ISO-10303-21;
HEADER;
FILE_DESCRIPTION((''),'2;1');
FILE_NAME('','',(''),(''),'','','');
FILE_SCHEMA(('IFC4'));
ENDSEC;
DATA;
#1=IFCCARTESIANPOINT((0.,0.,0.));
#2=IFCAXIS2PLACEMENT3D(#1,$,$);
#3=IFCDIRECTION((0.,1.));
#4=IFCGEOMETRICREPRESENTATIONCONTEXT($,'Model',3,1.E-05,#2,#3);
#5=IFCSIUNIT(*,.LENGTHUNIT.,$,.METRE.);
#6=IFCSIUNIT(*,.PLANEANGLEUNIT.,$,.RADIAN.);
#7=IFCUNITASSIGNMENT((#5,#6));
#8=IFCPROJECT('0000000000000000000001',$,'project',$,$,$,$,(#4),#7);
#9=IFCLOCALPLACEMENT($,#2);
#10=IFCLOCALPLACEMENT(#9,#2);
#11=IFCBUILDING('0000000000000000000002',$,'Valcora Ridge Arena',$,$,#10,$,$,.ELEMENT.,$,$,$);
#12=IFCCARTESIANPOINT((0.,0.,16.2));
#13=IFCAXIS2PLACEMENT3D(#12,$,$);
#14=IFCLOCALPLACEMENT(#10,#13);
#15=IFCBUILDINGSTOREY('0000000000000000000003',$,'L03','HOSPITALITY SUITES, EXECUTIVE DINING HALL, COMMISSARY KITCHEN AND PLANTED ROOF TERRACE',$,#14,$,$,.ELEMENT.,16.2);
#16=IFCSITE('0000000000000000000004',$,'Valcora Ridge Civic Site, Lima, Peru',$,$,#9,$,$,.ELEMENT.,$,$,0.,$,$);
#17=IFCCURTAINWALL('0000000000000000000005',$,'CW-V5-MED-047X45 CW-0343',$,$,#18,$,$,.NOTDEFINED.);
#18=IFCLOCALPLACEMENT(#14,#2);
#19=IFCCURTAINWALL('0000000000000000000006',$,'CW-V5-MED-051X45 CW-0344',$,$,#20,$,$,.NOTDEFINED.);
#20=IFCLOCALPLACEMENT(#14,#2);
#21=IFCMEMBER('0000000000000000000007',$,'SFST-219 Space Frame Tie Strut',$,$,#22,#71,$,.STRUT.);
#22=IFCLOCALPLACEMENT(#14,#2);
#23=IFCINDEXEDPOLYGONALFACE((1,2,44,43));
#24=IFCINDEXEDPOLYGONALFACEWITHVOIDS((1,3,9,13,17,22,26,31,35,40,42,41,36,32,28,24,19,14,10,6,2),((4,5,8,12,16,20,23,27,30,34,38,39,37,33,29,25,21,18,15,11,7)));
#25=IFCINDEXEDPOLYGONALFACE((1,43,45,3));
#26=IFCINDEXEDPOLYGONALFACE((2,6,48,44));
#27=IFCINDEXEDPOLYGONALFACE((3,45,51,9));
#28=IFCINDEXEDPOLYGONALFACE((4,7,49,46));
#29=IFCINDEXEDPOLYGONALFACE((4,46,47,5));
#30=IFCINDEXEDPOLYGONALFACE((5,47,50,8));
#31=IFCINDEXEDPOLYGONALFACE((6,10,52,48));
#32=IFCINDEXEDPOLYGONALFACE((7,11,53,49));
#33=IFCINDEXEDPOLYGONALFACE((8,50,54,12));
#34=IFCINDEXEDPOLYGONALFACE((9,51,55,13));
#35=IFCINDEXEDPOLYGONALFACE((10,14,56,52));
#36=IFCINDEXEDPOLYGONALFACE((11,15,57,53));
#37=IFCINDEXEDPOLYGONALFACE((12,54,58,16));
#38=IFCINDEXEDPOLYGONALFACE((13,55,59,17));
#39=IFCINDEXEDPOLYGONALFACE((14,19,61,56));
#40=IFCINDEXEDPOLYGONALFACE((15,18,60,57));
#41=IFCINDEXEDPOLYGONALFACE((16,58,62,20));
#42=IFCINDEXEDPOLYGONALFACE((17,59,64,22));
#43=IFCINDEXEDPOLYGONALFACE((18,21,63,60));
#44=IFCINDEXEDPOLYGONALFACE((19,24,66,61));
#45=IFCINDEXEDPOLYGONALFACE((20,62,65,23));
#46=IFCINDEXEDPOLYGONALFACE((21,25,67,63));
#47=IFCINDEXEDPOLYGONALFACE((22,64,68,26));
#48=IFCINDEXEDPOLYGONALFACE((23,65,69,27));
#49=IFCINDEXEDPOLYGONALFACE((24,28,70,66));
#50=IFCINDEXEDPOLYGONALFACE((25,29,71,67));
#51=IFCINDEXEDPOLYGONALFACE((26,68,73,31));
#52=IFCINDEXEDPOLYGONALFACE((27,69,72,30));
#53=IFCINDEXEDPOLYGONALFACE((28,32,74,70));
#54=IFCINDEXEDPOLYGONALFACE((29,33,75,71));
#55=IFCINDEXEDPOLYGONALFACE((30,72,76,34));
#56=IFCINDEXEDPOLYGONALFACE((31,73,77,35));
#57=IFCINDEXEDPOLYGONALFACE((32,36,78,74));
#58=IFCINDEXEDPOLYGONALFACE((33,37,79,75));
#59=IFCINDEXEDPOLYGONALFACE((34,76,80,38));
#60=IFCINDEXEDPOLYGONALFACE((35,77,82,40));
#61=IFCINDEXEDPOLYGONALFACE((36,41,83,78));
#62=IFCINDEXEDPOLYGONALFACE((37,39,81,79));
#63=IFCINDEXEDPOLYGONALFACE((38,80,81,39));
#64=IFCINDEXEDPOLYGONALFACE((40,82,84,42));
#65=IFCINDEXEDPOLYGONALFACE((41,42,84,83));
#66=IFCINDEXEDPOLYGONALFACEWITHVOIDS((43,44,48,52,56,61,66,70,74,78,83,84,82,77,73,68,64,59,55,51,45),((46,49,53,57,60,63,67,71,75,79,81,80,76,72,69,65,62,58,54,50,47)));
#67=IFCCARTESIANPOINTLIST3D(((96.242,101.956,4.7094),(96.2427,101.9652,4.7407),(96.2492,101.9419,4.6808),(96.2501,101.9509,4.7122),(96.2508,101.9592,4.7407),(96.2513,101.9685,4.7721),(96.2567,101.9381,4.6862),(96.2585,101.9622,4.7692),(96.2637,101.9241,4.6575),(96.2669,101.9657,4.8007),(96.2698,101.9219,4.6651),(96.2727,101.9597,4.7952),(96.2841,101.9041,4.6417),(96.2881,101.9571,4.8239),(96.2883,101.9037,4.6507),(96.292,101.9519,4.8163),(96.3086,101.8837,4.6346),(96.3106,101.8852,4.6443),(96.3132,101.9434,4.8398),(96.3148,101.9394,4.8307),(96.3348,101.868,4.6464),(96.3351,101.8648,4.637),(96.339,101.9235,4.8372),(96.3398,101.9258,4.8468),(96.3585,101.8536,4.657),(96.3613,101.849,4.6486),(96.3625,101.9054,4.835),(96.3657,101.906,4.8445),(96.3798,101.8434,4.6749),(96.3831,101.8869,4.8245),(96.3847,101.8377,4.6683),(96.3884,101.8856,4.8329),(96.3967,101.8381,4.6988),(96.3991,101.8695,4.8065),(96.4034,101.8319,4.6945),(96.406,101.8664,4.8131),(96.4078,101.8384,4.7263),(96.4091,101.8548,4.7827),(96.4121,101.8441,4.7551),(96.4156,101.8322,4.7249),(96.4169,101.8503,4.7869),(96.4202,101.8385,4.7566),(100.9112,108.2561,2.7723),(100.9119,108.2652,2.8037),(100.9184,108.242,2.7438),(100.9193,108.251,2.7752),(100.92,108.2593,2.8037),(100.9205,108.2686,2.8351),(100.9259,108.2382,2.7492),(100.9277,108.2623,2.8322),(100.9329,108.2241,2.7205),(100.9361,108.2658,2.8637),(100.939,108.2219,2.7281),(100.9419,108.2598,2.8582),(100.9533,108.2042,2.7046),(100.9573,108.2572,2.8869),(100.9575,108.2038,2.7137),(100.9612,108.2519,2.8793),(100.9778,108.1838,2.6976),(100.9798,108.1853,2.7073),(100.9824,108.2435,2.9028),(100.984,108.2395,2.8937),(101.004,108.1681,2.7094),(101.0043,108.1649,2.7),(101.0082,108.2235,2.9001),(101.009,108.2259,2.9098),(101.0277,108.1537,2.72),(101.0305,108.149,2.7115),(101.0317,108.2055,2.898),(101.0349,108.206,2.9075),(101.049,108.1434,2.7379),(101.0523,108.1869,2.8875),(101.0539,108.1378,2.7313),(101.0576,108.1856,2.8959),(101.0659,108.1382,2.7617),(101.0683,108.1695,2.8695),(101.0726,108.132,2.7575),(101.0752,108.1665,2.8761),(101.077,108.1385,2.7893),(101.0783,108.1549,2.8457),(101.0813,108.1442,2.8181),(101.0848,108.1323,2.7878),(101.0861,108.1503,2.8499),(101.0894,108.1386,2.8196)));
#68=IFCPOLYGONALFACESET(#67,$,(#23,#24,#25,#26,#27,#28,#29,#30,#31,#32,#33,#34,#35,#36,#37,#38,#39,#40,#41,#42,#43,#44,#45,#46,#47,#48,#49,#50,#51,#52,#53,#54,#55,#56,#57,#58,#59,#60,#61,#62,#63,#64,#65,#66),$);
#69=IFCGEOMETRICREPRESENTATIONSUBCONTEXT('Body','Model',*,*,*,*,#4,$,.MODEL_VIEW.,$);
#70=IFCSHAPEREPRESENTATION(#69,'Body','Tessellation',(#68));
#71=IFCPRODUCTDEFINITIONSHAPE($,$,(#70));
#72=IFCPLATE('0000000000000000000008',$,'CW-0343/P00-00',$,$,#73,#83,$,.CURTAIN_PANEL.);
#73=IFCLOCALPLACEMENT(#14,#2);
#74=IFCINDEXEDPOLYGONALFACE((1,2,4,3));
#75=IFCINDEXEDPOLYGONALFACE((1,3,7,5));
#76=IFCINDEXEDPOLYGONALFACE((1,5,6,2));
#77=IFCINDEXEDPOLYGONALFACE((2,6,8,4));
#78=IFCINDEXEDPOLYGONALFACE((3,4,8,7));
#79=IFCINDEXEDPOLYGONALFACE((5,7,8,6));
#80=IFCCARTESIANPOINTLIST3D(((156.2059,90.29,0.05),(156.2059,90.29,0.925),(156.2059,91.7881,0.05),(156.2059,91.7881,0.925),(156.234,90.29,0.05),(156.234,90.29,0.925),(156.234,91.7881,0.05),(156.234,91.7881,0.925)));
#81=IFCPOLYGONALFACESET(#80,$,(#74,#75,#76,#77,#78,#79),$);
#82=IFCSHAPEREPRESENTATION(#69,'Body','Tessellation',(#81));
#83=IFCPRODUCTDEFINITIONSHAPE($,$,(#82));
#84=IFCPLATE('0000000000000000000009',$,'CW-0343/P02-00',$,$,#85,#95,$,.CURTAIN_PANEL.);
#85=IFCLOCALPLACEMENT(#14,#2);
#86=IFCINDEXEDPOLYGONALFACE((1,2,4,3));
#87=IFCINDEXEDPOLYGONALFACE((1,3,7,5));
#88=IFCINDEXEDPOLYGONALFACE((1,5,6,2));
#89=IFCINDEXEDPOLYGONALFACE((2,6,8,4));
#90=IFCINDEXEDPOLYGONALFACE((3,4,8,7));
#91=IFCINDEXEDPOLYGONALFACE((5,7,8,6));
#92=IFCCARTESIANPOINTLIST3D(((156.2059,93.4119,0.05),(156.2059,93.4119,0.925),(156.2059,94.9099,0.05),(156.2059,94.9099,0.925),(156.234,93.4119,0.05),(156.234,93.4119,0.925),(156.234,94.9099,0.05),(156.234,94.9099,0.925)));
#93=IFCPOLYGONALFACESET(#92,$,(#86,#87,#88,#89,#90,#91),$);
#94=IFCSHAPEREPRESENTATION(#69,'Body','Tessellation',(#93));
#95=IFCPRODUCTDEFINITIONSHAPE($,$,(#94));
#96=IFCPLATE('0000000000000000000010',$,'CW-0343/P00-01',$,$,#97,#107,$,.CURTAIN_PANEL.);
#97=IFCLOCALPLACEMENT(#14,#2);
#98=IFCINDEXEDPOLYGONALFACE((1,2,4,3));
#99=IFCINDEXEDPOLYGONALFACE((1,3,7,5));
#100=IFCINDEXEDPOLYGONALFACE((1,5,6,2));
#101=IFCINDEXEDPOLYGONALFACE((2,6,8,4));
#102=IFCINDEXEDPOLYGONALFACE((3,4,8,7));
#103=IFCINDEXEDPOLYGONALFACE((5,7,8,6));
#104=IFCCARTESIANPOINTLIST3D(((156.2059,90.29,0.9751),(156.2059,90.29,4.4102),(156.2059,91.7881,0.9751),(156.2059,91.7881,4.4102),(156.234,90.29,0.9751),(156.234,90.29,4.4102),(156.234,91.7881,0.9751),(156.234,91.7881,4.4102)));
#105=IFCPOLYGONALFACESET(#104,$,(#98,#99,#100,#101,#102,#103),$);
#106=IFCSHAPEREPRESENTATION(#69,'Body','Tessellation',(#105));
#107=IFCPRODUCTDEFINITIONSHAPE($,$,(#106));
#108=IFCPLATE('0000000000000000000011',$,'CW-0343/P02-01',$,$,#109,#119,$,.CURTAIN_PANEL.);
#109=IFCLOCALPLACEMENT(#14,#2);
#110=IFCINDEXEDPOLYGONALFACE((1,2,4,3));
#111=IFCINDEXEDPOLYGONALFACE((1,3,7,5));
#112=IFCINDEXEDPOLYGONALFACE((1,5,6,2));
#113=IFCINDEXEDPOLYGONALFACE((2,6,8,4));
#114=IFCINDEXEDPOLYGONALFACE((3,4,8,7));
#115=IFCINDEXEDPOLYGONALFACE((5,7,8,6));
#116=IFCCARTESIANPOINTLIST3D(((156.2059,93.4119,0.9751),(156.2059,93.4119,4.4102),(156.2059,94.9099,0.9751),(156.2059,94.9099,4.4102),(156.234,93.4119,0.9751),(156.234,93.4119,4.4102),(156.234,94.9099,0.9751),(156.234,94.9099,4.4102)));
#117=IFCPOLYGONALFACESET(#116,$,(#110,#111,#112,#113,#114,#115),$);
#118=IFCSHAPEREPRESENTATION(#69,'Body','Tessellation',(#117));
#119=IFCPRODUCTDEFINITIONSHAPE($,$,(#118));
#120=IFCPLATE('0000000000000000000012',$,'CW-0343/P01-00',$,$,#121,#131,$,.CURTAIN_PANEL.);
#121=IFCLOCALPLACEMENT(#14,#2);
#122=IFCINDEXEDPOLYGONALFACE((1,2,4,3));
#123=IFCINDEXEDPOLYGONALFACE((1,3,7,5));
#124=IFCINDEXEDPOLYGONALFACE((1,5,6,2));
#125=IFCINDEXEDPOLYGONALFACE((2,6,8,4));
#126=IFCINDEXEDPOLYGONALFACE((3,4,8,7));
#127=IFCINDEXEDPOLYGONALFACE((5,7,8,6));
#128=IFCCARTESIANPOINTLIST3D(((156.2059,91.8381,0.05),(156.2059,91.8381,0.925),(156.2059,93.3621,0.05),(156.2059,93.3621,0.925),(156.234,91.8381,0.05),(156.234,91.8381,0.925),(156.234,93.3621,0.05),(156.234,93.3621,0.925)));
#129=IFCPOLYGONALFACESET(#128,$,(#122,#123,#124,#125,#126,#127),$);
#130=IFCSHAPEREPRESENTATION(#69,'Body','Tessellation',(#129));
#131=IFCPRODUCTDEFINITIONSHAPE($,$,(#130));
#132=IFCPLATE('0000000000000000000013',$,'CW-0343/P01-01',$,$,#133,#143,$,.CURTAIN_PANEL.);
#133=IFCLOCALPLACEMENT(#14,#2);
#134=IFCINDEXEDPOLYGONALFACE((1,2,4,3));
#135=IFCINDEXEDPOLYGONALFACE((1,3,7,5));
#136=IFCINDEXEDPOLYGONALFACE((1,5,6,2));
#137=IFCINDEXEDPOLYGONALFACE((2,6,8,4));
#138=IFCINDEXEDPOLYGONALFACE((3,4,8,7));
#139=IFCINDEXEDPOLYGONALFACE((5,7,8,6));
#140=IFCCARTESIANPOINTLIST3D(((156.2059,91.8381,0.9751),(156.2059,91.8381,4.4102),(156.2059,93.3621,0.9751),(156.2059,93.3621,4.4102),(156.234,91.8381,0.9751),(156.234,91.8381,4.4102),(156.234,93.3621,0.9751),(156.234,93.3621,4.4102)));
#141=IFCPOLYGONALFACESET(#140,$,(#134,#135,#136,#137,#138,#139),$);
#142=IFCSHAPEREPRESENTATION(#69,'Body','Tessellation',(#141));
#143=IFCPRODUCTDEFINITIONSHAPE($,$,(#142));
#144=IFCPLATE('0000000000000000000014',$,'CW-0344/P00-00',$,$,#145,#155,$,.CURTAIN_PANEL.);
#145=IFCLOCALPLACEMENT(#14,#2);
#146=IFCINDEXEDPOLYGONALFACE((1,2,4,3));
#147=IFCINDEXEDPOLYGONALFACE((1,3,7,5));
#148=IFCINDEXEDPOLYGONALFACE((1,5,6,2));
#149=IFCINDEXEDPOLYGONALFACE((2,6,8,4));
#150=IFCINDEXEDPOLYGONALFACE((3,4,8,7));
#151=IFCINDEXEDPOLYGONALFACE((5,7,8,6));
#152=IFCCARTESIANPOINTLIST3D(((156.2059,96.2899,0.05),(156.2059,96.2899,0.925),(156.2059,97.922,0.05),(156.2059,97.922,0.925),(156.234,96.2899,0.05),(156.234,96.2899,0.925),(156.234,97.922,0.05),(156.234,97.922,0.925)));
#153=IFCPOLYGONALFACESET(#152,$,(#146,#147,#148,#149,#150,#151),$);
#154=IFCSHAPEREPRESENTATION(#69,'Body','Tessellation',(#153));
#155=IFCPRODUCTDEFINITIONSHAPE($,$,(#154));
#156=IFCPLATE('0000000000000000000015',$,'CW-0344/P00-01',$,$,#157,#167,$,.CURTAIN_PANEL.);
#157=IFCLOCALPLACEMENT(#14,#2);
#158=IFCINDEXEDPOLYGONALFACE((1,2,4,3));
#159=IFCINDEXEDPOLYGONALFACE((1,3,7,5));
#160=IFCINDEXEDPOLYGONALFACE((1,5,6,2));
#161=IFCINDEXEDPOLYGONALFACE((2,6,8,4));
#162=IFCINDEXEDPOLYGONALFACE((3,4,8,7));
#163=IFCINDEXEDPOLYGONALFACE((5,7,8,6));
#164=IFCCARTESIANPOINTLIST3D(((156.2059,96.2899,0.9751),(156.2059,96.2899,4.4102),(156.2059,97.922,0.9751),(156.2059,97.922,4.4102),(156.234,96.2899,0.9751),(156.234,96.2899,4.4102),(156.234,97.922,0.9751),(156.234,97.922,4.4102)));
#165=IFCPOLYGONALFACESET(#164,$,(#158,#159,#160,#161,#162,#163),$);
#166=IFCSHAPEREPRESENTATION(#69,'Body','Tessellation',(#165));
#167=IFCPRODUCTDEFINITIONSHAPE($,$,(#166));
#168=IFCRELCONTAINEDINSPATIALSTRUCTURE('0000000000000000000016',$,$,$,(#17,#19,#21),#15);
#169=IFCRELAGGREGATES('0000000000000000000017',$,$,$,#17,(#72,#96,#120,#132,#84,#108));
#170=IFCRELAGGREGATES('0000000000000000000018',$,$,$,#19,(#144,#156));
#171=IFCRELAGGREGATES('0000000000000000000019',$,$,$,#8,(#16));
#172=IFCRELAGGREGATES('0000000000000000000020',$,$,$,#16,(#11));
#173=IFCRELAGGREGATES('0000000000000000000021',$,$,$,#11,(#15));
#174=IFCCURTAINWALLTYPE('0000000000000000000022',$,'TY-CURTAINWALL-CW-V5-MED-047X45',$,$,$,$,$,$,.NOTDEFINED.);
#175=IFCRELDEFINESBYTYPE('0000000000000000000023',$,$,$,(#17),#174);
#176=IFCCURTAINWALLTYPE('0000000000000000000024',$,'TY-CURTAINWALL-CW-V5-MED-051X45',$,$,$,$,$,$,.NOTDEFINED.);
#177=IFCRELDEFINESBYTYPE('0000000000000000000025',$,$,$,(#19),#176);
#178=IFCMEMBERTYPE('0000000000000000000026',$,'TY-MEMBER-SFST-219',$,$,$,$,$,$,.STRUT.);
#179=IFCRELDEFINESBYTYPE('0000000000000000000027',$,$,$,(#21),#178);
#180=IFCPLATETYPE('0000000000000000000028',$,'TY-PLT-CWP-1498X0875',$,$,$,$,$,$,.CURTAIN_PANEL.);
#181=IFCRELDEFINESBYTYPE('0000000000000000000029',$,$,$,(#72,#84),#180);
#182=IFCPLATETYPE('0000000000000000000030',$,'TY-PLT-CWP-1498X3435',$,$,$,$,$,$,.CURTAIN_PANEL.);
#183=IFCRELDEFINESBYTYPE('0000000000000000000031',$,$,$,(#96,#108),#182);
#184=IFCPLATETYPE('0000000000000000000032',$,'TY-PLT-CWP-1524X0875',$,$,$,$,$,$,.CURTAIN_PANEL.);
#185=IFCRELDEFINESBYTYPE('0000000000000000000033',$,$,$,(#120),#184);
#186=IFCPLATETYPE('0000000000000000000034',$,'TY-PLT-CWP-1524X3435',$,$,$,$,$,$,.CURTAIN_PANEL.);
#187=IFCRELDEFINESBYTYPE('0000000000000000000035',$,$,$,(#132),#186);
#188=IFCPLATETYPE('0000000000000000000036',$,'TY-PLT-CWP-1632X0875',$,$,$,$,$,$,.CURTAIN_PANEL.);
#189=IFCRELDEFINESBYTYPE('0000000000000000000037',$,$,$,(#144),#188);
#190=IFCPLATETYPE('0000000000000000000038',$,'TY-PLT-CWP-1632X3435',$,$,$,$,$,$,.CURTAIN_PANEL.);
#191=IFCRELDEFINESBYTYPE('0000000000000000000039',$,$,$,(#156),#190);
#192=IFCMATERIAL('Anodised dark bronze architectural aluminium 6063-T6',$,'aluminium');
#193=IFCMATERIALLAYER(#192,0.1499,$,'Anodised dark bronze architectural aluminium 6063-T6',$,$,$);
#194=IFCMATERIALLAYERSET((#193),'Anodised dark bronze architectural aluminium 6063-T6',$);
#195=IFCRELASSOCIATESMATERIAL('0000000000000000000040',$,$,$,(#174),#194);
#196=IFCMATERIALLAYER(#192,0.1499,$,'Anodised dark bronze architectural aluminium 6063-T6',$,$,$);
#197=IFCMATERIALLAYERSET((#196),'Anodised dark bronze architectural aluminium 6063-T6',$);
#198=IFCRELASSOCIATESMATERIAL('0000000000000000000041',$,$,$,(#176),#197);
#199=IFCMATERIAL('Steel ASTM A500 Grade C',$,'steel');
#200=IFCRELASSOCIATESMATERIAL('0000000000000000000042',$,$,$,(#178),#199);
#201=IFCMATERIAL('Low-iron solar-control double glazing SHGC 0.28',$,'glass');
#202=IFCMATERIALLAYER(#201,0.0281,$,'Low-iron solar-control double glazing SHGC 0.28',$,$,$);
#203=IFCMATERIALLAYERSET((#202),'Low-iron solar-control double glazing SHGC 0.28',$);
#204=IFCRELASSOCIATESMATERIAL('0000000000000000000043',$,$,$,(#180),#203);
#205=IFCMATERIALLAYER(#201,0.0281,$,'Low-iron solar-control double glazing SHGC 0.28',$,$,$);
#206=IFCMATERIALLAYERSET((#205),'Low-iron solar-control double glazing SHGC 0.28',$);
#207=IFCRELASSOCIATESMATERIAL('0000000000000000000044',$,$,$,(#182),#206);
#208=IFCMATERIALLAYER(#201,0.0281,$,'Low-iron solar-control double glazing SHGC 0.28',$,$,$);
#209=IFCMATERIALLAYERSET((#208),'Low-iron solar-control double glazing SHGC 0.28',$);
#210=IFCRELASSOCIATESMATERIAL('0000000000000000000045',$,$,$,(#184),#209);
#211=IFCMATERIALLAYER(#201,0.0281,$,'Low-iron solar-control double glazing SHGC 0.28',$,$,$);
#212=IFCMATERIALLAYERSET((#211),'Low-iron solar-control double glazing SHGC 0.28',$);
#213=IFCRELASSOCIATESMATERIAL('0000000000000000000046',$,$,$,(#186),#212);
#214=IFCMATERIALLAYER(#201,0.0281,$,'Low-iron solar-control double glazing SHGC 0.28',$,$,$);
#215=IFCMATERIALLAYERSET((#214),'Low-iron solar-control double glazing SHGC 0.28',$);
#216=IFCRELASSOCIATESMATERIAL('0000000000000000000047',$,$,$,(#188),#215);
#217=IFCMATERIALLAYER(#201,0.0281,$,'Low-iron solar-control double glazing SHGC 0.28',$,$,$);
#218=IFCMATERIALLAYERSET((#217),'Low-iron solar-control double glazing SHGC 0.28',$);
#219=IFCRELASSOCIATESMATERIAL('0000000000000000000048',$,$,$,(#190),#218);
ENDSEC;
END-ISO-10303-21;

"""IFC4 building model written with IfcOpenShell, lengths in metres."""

from ifc_helpers import new_model, si_unit, direction, frame, origin, origin_2d, place, context, subcontext, project, spatial, rectangle, hollow_circle, extrude, material, layer, layer_set, material_profile, profile_set, type_object, element, aggregate, save


model = new_model("IFC4")

# Units and contexts
model_context = context("Model", 3, precision=1e-05, world=origin(), true_north=direction((0.0, 1.0)))
body_context = subcontext(model_context, "Body", "Model", "MODEL_VIEW")
ifc_project = project(units=[si_unit("LENGTHUNIT", "METRE"), si_unit("PLANEANGLEUNIT", "RADIAN")], contexts=[model_context])

# Site, building, storey
site_placement = place(None, origin())
site = spatial("IfcSite", under=ifc_project, at=site_placement, Name="Valcora Ridge Civic Site, Lima, Peru", CompositionType="ELEMENT", RefElevation=0.0)
building_placement = place(site_placement, origin())
building = spatial("IfcBuilding", under=site, at=building_placement, Name="Valcora Ridge Arena", CompositionType="ELEMENT")
storey_placement = place(building_placement, frame((0.0, 0.0, 16.2)))
storey = spatial("IfcBuildingStorey", under=building, at=storey_placement, Name="L03", Description="HOSPITALITY SUITES, EXECUTIVE DINING HALL, COMMISSARY KITCHEN AND PLANTED ROOF TERRACE", CompositionType="ELEMENT", Elevation=16.2)

# Curtain walls
ifc_material_1 = material(Name="Anodised dark bronze architectural aluminium 6063-T6", Category="aluminium")
ifc_layer_1 = layer(ifc_material_1, 0.1499, Name="Anodised dark bronze architectural aluminium 6063-T6")
ifc_layer_set_1 = layer_set([ifc_layer_1], Name="Anodised dark bronze architectural aluminium 6063-T6")
curtain_wall_type_1 = type_object("IfcCurtainWallType", Name="TY-CURTAINWALL-CW-V5-MED-047X45", PredefinedType="NOTDEFINED", material=ifc_layer_set_1)
curtain_wall_1_placement = place(storey_placement, origin())
curtain_wall_1 = element("IfcCurtainWall", 1, at=curtain_wall_1_placement, inside=storey, type_object=curtain_wall_type_1, Name="CW-V5-MED-047X45 CW-0343", PredefinedType="NOTDEFINED")
ifc_layer_2 = layer(ifc_material_1, 0.1499, Name="Anodised dark bronze architectural aluminium 6063-T6")
ifc_layer_set_2 = layer_set([ifc_layer_2], Name="Anodised dark bronze architectural aluminium 6063-T6")
curtain_wall_type_2 = type_object("IfcCurtainWallType", Name="TY-CURTAINWALL-CW-V5-MED-051X45", PredefinedType="NOTDEFINED", material=ifc_layer_set_2)
curtain_wall_2_placement = place(storey_placement, origin())
curtain_wall_2 = element("IfcCurtainWall", 2, at=curtain_wall_2_placement, inside=storey, type_object=curtain_wall_type_2, Name="CW-V5-MED-051X45 CW-0344", PredefinedType="NOTDEFINED")

# Member
ifc_material_2 = material(Name="Steel ASTM A500 Grade C", Category="steel")
ifc_material_profile_1 = material_profile(ifc_material_2, hollow_circle(Radius=0.1096, WallThickness=0.01, at=origin_2d()), Name="CHS219X10")
ifc_profile_set_1 = profile_set([ifc_material_profile_1], Name="Steel ASTM A500 Grade C")
member_type_1 = type_object("IfcMemberType", Name="TY-MEMBER-SFST-219", PredefinedType="STRUT", material=ifc_profile_set_1)
member_1_placement = place(storey_placement, frame((96.3308, 101.8999, 4.7407), z_axis=(0.578058, 0.779963, -0.239807), x_axis=(-0.803405, 0.595432, 0.0)))
element("IfcMember", 3, at=member_1_placement, inside=storey, type_object=member_type_1, Name="SFST-219 Space Frame Tie Strut", PredefinedType="STRUT", context=body_context, shape_type="SweptSolid", body=[
    extrude(hollow_circle(Radius=0.1096, WallThickness=0.01, at=origin_2d()), origin(), (0.0, 0.0, 1.0), 8.0774),
])

# Plates
ifc_material_3 = material(Name="Low-iron solar-control double glazing SHGC 0.28", Category="glass")
ifc_layer_3 = layer(ifc_material_3, 0.0281, Name="Low-iron solar-control double glazing SHGC 0.28")
ifc_layer_set_3 = layer_set([ifc_layer_3], Name="Low-iron solar-control double glazing SHGC 0.28")
plate_type_1 = type_object("IfcPlateType", Name="TY-PLT-CWP-1498X0875", PredefinedType="CURTAIN_PANEL", material=ifc_layer_set_3)
plate_1_placement = place(storey_placement, frame((156.22, 91.0391, 0.05), z_axis=(0.0, 0.0, 1.0), x_axis=(0.0, 1.0, 0.0)))
plate_1 = element("IfcPlate", 4, at=plate_1_placement, type_object=plate_type_1, Name="CW-0343/P00-00", PredefinedType="CURTAIN_PANEL", context=body_context, shape_type="SweptSolid", body=[
    extrude(rectangle(XDim=1.498, YDim=0.0281, at=origin_2d()), origin(), (0.0, 0.0, 1.0), 0.875),
])
plate_2_placement = place(storey_placement, frame((156.22, 94.1609, 0.05), z_axis=(0.0, 0.0, 1.0), x_axis=(0.0, 1.0, 0.0)))
plate_2 = element("IfcPlate", 5, at=plate_2_placement, type_object=plate_type_1, Name="CW-0343/P02-00", PredefinedType="CURTAIN_PANEL", context=body_context, shape_type="SweptSolid", body=[
    extrude(rectangle(XDim=1.498, YDim=0.0281, at=origin_2d()), origin(), (0.0, 0.0, 1.0), 0.875),
])
ifc_layer_4 = layer(ifc_material_3, 0.0281, Name="Low-iron solar-control double glazing SHGC 0.28")
ifc_layer_set_4 = layer_set([ifc_layer_4], Name="Low-iron solar-control double glazing SHGC 0.28")
plate_type_2 = type_object("IfcPlateType", Name="TY-PLT-CWP-1498X3435", PredefinedType="CURTAIN_PANEL", material=ifc_layer_set_4)
plate_3_placement = place(storey_placement, frame((156.22, 91.0391, 0.9751), z_axis=(0.0, 0.0, 1.0), x_axis=(0.0, 1.0, 0.0)))
plate_3 = element("IfcPlate", 6, at=plate_3_placement, type_object=plate_type_2, Name="CW-0343/P00-01", PredefinedType="CURTAIN_PANEL", context=body_context, shape_type="SweptSolid", body=[
    extrude(rectangle(XDim=1.498, YDim=0.0281, at=origin_2d()), origin(), (0.0, 0.0, 1.0), 3.4351),
])
plate_4_placement = place(storey_placement, frame((156.22, 94.1609, 0.9751), z_axis=(0.0, 0.0, 1.0), x_axis=(0.0, 1.0, 0.0)))
plate_4 = element("IfcPlate", 7, at=plate_4_placement, type_object=plate_type_2, Name="CW-0343/P02-01", PredefinedType="CURTAIN_PANEL", context=body_context, shape_type="SweptSolid", body=[
    extrude(rectangle(XDim=1.498, YDim=0.0281, at=origin_2d()), origin(), (0.0, 0.0, 1.0), 3.4351),
])
ifc_layer_5 = layer(ifc_material_3, 0.0281, Name="Low-iron solar-control double glazing SHGC 0.28")
ifc_layer_set_5 = layer_set([ifc_layer_5], Name="Low-iron solar-control double glazing SHGC 0.28")
plate_type_3 = type_object("IfcPlateType", Name="TY-PLT-CWP-1524X0875", PredefinedType="CURTAIN_PANEL", material=ifc_layer_set_5)
plate_5_placement = place(storey_placement, frame((156.22, 92.6001, 0.05), z_axis=(0.0, 0.0, 1.0), x_axis=(0.0, 1.0, 0.0)))
plate_5 = element("IfcPlate", 8, at=plate_5_placement, type_object=plate_type_3, Name="CW-0343/P01-00", PredefinedType="CURTAIN_PANEL", context=body_context, shape_type="SweptSolid", body=[
    extrude(rectangle(XDim=1.5239, YDim=0.0281, at=origin_2d()), origin(), (0.0, 0.0, 1.0), 0.875),
])
ifc_layer_6 = layer(ifc_material_3, 0.0281, Name="Low-iron solar-control double glazing SHGC 0.28")
ifc_layer_set_6 = layer_set([ifc_layer_6], Name="Low-iron solar-control double glazing SHGC 0.28")
plate_type_4 = type_object("IfcPlateType", Name="TY-PLT-CWP-1524X3435", PredefinedType="CURTAIN_PANEL", material=ifc_layer_set_6)
plate_6_placement = place(storey_placement, frame((156.22, 92.6001, 0.9751), z_axis=(0.0, 0.0, 1.0), x_axis=(0.0, 1.0, 0.0)))
plate_6 = element("IfcPlate", 9, at=plate_6_placement, type_object=plate_type_4, Name="CW-0343/P01-01", PredefinedType="CURTAIN_PANEL", context=body_context, shape_type="SweptSolid", body=[
    extrude(rectangle(XDim=1.5239, YDim=0.0281, at=origin_2d()), origin(), (0.0, 0.0, 1.0), 3.4351),
])
aggregate(curtain_wall_1, [plate_1, plate_3, plate_5, plate_6, plate_2, plate_4])
ifc_layer_7 = layer(ifc_material_3, 0.0281, Name="Low-iron solar-control double glazing SHGC 0.28")
ifc_layer_set_7 = layer_set([ifc_layer_7], Name="Low-iron solar-control double glazing SHGC 0.28")
plate_type_5 = type_object("IfcPlateType", Name="TY-PLT-CWP-1632X0875", PredefinedType="CURTAIN_PANEL", material=ifc_layer_set_7)
plate_7_placement = place(storey_placement, frame((156.22, 97.106, 0.05), z_axis=(0.0, 0.0, 1.0), x_axis=(0.0, 1.0, 0.0)))
plate_7 = element("IfcPlate", 10, at=plate_7_placement, type_object=plate_type_5, Name="CW-0344/P00-00", PredefinedType="CURTAIN_PANEL", context=body_context, shape_type="SweptSolid", body=[
    extrude(rectangle(XDim=1.6321, YDim=0.0281, at=origin_2d()), origin(), (0.0, 0.0, 1.0), 0.875),
])
ifc_layer_8 = layer(ifc_material_3, 0.0281, Name="Low-iron solar-control double glazing SHGC 0.28")
ifc_layer_set_8 = layer_set([ifc_layer_8], Name="Low-iron solar-control double glazing SHGC 0.28")
plate_type_6 = type_object("IfcPlateType", Name="TY-PLT-CWP-1632X3435", PredefinedType="CURTAIN_PANEL", material=ifc_layer_set_8)
plate_8_placement = place(storey_placement, frame((156.22, 97.106, 0.9751), z_axis=(0.0, 0.0, 1.0), x_axis=(0.0, 1.0, 0.0)))
plate_8 = element("IfcPlate", 11, at=plate_8_placement, type_object=plate_type_6, Name="CW-0344/P00-01", PredefinedType="CURTAIN_PANEL", context=body_context, shape_type="SweptSolid", body=[
    extrude(rectangle(XDim=1.6321, YDim=0.0281, at=origin_2d()), origin(), (0.0, 0.0, 1.0), 3.4351),
])
aggregate(curtain_wall_2, [plate_7, plate_8])

save(model, "model.ifc")
